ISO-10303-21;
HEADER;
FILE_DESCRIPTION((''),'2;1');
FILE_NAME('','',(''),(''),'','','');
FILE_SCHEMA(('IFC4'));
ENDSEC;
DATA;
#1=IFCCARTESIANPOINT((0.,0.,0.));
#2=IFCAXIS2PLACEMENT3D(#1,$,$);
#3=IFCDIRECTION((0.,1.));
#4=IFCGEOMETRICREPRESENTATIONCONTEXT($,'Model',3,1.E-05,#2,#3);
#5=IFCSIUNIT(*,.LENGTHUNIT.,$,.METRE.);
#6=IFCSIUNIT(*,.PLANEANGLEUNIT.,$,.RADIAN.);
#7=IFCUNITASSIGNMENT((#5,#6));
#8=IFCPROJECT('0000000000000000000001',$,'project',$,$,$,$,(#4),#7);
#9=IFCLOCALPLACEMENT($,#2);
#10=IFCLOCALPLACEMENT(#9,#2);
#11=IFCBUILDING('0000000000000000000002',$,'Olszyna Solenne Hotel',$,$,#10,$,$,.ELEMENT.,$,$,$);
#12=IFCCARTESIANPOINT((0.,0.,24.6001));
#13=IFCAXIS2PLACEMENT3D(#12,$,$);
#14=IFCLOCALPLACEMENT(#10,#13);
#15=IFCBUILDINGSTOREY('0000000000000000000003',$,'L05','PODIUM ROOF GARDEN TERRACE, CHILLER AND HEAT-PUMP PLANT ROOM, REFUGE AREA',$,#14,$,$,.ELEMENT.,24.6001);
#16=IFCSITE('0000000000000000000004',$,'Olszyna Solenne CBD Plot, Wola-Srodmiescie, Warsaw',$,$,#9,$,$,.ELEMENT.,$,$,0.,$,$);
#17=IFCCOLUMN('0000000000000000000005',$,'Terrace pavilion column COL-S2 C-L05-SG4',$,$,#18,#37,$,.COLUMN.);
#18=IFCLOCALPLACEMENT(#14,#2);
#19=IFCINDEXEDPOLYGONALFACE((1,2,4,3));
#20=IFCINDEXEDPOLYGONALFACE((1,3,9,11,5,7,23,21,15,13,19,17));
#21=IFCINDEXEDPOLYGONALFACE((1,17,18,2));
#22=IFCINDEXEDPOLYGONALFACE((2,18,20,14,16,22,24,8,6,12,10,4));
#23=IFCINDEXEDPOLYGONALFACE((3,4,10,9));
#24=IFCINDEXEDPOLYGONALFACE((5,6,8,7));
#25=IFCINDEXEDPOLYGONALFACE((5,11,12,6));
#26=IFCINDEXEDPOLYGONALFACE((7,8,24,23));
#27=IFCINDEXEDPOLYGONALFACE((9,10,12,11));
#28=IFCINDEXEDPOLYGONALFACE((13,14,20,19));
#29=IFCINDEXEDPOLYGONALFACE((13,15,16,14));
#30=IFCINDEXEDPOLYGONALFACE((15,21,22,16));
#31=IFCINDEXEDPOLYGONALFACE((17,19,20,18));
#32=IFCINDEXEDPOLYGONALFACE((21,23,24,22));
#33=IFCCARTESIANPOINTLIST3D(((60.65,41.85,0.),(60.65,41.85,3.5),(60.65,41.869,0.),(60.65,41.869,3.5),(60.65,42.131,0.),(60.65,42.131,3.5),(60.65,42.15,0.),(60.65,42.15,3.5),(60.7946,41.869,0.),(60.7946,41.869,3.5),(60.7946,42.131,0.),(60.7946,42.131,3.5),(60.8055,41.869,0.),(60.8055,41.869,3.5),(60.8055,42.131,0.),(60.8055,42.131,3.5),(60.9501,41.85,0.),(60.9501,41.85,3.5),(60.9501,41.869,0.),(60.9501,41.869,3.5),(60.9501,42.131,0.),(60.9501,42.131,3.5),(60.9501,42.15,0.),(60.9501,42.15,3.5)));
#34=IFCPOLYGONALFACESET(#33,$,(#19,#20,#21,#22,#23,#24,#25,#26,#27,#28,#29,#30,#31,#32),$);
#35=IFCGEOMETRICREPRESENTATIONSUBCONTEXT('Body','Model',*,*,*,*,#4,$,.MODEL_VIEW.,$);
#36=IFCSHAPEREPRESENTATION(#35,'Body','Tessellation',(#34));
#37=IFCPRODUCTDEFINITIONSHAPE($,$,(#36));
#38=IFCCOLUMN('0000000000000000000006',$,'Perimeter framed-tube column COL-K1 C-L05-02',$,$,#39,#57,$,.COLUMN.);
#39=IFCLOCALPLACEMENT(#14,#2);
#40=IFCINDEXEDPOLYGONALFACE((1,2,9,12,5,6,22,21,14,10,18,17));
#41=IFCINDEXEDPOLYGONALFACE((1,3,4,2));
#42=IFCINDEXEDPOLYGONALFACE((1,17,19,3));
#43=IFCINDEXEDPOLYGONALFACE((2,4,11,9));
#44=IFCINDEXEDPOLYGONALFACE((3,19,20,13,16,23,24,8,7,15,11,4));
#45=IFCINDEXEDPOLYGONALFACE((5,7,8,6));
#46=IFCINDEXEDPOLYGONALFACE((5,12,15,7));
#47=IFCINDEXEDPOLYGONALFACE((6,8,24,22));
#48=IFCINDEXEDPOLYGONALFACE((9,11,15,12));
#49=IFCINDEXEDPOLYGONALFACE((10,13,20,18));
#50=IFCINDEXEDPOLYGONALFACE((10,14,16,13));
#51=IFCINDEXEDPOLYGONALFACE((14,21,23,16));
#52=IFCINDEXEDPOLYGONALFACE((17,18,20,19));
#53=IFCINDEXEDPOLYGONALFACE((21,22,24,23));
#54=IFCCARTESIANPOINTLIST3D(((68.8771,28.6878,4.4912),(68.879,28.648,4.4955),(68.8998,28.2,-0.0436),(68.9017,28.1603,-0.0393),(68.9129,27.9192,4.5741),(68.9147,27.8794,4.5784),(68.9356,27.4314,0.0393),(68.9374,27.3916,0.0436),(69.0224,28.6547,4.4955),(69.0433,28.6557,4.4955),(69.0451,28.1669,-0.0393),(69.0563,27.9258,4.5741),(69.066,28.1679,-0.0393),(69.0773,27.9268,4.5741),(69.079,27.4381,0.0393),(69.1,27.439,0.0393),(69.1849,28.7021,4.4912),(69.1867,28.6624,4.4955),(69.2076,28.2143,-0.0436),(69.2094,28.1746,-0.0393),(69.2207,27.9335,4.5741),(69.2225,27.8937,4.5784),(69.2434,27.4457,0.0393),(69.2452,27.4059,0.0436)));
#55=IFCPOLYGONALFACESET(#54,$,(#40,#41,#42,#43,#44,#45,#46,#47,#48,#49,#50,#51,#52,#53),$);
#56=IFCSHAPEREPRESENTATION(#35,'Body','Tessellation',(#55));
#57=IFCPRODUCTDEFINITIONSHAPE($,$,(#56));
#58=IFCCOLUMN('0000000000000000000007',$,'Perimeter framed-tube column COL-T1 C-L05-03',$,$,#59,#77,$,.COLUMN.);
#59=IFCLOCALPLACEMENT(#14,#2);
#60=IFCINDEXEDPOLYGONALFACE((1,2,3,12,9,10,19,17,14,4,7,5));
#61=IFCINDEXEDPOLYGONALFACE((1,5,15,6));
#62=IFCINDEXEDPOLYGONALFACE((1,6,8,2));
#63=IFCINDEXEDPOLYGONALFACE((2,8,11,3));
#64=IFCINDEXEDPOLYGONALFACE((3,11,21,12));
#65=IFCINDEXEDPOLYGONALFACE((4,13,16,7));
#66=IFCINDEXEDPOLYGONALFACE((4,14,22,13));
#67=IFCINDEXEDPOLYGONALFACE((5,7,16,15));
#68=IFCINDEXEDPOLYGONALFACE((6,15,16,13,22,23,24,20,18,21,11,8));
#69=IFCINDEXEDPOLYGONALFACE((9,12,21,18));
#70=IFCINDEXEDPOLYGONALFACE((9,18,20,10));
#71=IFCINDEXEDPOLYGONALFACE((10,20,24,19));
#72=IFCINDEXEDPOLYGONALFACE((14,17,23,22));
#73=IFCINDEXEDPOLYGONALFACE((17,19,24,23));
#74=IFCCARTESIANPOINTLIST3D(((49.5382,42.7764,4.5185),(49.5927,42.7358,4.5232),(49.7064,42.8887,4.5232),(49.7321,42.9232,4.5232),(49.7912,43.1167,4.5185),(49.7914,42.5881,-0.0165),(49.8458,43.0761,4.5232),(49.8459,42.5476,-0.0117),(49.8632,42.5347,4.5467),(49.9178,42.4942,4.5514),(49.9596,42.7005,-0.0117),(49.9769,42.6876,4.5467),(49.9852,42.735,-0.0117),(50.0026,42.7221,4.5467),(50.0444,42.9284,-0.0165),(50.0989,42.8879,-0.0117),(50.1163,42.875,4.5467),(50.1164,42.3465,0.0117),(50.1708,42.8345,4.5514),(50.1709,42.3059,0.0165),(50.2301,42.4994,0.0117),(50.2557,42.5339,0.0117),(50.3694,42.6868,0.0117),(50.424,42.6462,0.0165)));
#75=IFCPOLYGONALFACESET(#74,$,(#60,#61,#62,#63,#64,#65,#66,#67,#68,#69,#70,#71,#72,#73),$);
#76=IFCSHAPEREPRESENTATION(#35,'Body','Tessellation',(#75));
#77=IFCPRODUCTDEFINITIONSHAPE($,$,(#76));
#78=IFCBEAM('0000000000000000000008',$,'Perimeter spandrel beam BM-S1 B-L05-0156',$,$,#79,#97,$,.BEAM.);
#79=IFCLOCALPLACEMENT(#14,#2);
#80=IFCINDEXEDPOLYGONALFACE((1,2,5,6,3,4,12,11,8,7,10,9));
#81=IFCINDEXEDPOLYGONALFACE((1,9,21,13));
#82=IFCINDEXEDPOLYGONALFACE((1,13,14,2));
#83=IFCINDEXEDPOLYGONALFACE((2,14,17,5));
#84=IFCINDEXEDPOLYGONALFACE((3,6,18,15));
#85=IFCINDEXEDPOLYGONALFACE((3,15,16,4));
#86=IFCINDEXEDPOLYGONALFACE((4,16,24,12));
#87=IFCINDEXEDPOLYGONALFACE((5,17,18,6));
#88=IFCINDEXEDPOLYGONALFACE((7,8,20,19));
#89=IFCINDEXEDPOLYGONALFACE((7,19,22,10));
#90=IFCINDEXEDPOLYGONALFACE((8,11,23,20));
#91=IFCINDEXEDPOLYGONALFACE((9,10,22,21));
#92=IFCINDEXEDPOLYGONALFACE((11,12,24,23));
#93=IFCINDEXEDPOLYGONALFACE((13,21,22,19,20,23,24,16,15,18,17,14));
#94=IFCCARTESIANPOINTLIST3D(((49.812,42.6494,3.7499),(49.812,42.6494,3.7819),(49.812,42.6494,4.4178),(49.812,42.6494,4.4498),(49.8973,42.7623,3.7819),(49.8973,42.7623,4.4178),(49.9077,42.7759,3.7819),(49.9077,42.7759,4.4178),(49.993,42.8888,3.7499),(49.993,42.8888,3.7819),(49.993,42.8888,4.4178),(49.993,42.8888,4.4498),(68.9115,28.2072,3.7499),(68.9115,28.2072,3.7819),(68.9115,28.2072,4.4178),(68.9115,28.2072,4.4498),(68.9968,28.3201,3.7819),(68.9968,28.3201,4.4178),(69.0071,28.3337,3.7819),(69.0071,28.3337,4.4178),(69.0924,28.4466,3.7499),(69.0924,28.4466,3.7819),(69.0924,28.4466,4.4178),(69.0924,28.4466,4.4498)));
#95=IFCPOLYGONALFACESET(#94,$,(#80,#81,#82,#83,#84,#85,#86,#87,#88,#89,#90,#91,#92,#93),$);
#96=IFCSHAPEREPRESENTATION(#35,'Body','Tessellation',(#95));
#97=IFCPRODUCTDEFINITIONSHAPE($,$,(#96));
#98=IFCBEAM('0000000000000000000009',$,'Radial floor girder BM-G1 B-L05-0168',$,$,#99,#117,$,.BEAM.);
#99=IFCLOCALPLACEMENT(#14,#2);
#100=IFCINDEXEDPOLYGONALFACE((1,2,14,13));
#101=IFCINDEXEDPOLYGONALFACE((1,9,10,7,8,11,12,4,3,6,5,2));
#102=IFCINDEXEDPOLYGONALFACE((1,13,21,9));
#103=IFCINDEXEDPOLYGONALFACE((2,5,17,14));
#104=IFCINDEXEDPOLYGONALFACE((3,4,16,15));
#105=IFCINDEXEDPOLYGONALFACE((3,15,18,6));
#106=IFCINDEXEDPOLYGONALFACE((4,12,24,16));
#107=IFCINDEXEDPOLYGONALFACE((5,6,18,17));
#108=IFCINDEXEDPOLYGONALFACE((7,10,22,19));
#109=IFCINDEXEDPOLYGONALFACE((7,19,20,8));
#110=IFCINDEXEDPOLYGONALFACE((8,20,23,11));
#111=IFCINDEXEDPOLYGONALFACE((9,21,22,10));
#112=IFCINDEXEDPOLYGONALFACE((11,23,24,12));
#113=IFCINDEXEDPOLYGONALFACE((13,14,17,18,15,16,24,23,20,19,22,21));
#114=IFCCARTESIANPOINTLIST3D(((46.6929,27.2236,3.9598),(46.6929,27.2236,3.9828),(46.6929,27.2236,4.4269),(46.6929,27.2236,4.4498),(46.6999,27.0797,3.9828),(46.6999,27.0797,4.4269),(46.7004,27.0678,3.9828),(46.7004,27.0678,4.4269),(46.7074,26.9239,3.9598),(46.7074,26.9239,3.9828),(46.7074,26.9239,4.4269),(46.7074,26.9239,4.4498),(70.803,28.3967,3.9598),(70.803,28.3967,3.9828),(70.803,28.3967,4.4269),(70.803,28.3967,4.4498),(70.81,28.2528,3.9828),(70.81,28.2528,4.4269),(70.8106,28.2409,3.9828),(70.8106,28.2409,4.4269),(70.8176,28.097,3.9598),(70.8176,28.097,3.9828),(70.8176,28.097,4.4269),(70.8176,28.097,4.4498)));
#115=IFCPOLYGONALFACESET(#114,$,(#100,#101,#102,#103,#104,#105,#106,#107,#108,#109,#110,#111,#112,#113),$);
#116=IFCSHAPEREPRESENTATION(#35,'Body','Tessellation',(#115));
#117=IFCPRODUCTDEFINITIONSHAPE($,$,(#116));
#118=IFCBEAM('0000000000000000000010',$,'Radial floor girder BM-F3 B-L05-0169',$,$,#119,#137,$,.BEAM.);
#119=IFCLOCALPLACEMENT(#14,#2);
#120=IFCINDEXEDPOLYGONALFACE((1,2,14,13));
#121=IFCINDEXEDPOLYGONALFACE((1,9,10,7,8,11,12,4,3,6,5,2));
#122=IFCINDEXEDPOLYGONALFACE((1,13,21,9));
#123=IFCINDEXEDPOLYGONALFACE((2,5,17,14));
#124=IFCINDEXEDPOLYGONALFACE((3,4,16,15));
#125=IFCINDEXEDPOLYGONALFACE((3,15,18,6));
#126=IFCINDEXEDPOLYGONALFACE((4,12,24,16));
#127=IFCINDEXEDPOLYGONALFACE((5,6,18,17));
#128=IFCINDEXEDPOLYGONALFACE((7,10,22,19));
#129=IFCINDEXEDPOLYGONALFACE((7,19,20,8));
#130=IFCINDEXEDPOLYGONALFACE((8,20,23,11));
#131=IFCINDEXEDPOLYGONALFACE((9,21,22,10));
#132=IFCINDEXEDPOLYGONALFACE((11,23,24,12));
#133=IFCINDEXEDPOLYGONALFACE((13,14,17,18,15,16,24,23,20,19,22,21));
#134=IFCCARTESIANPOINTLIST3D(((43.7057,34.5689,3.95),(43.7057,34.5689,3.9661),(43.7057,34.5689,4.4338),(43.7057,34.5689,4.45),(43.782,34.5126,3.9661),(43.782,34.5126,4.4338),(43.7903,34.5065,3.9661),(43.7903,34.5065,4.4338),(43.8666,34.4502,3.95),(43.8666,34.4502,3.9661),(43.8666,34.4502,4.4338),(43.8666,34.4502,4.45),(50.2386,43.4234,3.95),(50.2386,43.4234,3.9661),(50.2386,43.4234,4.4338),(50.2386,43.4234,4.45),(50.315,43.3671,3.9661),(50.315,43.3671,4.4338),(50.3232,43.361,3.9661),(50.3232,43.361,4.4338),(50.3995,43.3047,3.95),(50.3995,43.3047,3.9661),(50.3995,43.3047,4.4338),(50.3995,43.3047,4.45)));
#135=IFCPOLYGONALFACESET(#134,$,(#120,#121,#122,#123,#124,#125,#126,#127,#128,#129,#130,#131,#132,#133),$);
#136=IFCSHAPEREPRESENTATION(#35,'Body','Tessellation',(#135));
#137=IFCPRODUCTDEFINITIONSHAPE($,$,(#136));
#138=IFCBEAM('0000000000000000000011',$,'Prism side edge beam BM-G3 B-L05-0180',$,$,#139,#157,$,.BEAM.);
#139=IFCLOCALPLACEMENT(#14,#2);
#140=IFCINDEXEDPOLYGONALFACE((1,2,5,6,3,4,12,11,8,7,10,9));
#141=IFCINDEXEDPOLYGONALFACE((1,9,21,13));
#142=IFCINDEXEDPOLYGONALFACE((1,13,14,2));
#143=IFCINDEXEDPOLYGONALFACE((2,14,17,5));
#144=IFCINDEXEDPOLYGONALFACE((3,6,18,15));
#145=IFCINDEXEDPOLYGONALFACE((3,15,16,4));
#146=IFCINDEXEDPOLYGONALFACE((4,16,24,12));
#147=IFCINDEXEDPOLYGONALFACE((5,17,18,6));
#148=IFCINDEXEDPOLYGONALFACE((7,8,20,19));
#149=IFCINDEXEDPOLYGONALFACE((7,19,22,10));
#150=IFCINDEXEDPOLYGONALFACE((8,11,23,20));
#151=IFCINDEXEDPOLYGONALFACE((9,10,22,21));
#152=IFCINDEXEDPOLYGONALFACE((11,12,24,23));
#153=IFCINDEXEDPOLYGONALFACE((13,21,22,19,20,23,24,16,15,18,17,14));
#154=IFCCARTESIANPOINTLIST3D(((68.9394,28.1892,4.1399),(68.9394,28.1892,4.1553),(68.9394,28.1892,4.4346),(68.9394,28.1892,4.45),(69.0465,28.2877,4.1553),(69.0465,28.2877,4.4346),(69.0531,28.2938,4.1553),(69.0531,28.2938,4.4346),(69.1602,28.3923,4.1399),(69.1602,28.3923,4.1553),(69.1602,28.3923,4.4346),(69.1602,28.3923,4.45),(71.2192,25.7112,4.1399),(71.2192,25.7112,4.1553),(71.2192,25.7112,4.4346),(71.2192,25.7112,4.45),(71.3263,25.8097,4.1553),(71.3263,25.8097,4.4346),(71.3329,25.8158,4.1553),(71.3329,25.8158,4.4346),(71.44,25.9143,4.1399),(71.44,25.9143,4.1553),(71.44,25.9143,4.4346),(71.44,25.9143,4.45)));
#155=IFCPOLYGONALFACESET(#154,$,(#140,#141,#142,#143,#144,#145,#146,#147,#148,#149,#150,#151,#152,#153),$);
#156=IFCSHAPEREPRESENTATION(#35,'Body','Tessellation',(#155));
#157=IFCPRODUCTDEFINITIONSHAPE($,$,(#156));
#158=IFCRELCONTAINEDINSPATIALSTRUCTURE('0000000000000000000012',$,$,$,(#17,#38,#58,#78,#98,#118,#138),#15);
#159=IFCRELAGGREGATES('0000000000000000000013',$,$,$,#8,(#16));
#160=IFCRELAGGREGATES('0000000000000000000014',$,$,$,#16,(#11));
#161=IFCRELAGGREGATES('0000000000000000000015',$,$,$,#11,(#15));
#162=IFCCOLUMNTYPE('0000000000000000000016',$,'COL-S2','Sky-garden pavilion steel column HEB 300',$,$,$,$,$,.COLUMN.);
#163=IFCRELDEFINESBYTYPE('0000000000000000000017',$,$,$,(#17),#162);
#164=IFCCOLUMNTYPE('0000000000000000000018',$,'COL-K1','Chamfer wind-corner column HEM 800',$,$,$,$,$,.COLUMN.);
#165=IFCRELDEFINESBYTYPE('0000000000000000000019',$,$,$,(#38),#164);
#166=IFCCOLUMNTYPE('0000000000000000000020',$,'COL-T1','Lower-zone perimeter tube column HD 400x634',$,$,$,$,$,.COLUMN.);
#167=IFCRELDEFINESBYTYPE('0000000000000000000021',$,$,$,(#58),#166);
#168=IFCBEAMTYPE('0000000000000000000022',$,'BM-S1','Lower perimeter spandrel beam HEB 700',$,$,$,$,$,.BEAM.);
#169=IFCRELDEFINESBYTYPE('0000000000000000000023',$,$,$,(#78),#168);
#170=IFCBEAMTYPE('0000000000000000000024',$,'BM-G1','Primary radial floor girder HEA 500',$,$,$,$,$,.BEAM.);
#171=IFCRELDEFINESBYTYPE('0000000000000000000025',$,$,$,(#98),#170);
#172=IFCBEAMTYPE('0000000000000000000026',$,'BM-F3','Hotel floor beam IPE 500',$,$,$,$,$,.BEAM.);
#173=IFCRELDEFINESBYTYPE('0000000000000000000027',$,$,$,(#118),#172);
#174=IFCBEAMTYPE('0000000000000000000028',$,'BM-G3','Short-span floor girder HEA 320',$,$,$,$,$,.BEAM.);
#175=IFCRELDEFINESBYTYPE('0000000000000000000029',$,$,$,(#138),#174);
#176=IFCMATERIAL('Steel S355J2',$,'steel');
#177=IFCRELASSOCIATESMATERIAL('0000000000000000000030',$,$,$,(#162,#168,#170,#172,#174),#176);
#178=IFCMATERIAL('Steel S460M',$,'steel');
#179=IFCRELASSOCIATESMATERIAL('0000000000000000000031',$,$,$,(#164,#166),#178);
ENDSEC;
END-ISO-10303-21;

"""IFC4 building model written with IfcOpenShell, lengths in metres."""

from ifc_helpers import new_model, si_unit, direction, frame, origin, origin_2d, place, context, subcontext, project, spatial, i_section, extrude, source, transform, mapped, material, material_profile, profile_set, type_object, element, save


model = new_model("IFC4")

# Units and contexts
model_context = context("Model", 3, precision=1e-05, world=origin(), true_north=direction((0.0, 1.0)))
body_context = subcontext(model_context, "Body", "Model", "MODEL_VIEW")
ifc_project = project(units=[si_unit("LENGTHUNIT", "METRE"), si_unit("PLANEANGLEUNIT", "RADIAN")], contexts=[model_context])

# Site, building, storey
site_placement = place(None, origin())
site = spatial("IfcSite", under=ifc_project, at=site_placement, Name="Olszyna Solenne CBD Plot, Wola-Srodmiescie, Warsaw", CompositionType="ELEMENT", RefElevation=0.0)
building_placement = place(site_placement, origin())
building = spatial("IfcBuilding", under=site, at=building_placement, Name="Olszyna Solenne Hotel", CompositionType="ELEMENT")
storey_placement = place(building_placement, frame((0.0, 0.0, 24.6001)))
storey = spatial("IfcBuildingStorey", under=building, at=storey_placement, Name="L05", Description="PODIUM ROOF GARDEN TERRACE, CHILLER AND HEAT-PUMP PLANT ROOM, REFUGE AREA", CompositionType="ELEMENT", Elevation=24.6001)

# Columns
ifc_material_1 = material(Name="Steel S355J2", Category="steel")
ifc_material_profile_1 = material_profile(ifc_material_1, i_section(OverallWidth=0.3, OverallDepth=0.3, WebThickness=0.011, FlangeThickness=0.019, at=origin_2d()), Name="HEB 300", Category="load-bearing")
ifc_profile_set_1 = profile_set([ifc_material_profile_1], Name="Steel S355J2")
column_type_1 = type_object("IfcColumnType", Name="COL-S2", Description="Sky-garden pavilion steel column HEB 300", PredefinedType="COLUMN", material=ifc_profile_set_1)
shared_shape_1 = source(origin(), body_context, "Body", "SweptSolid", [
    extrude(i_section(OverallWidth=0.3, OverallDepth=0.3, WebThickness=0.011, FlangeThickness=0.019, at=origin_2d()), origin(), (0.0, 0.0, 1.0), 3.5),
])
column_1_placement = place(storey_placement, frame((60.8, 42.0, 0.0), z_axis=(0.0, 0.0, 1.0), x_axis=(1.0, 0.0, 0.0)))
element("IfcColumn", 1, at=column_1_placement, inside=storey, type_object=column_type_1, Name="Terrace pavilion column COL-S2 C-L05-SG4", PredefinedType="COLUMN", context=body_context, shape_type="MappedRepresentation", body=[
    mapped(shared_shape_1, transform((0.0, 0.0, 0.0), x_axis=(1.0, 0.0, 0.0), y_axis=(0.0, 1.0, 0.0), z_axis=(0.0, 0.0, 1.0), scale=1.0)),
])
ifc_material_2 = material(Name="Steel S460M", Category="steel")
ifc_material_profile_2 = material_profile(ifc_material_2, i_section(OverallWidth=0.3081, OverallDepth=0.814, WebThickness=0.021, FlangeThickness=0.04, at=origin_2d()), Name="HEM 800", Category="load-bearing")
ifc_profile_set_2 = profile_set([ifc_material_profile_2], Name="Steel S460M")
column_type_2 = type_object("IfcColumnType", Name="COL-K1", Description="Chamfer wind-corner column HEM 800", PredefinedType="COLUMN", material=ifc_profile_set_2)
shared_shape_2 = source(origin(), body_context, "Body", "SweptSolid", [
    extrude(i_section(OverallWidth=0.3081, OverallDepth=0.814, WebThickness=0.021, FlangeThickness=0.04, at=origin_2d()), origin(), (0.0, 0.0, 1.0), 4.561),
])
column_2_placement = place(storey_placement, frame((69.0725, 27.803, 0.0), z_axis=(-0.004978, 0.106946, 0.994252), x_axis=(-0.998918, -0.046496, 0.0)))
element("IfcColumn", 2, at=column_2_placement, inside=storey, type_object=column_type_2, Name="Perimeter framed-tube column COL-K1 C-L05-02", PredefinedType="COLUMN", context=body_context, shape_type="MappedRepresentation", body=[
    mapped(shared_shape_2, transform((0.0, 0.0, 0.0), x_axis=(1.0, 0.0, 0.0), y_axis=(0.0, 1.0, 0.0), z_axis=(0.0, 0.0, 1.0), scale=1.0)),
])
ifc_material_profile_3 = material_profile(ifc_material_2, i_section(OverallWidth=0.4241, OverallDepth=0.4741, WebThickness=0.043, FlangeThickness=0.0681, at=origin_2d()), Name="HD 400x634", Category="load-bearing")
ifc_profile_set_3 = profile_set([ifc_material_profile_3], Name="Steel S460M")
column_type_3 = type_object("IfcColumnType", Name="COL-T1", Description="Lower-zone perimeter tube column HD 400x634", PredefinedType="COLUMN", material=ifc_profile_set_3)
shared_shape_3 = source(origin(), body_context, "Body", "SweptSolid", [
    extrude(i_section(OverallWidth=0.4241, OverallDepth=0.4741, WebThickness=0.043, FlangeThickness=0.0681, at=origin_2d()), origin(), (0.0, 0.0, 1.0), 4.5459),
])
column_3_placement = place(storey_placement, frame((50.1077, 42.6172, 0.0), z_axis=(-0.055693, 0.041407, 0.997589), x_axis=(-0.596652, -0.8025, 0.0)))
element("IfcColumn", 3, at=column_3_placement, inside=storey, type_object=column_type_3, Name="Perimeter framed-tube column COL-T1 C-L05-03", PredefinedType="COLUMN", context=body_context, shape_type="MappedRepresentation", body=[
    mapped(shared_shape_3, transform((0.0, 0.0, 0.0), x_axis=(1.0, 0.0, 0.0), y_axis=(0.0, 1.0, 0.0), z_axis=(0.0, 0.0, 1.0), scale=1.0)),
])

# Beams
ifc_material_profile_4 = material_profile(ifc_material_1, i_section(OverallWidth=0.3, OverallDepth=0.7, WebThickness=0.0171, FlangeThickness=0.032, at=origin_2d()), Name="HEB 700", Category="load-bearing")
ifc_profile_set_4 = profile_set([ifc_material_profile_4], Name="Steel S355J2")
beam_type_1 = type_object("IfcBeamType", Name="BM-S1", Description="Lower perimeter spandrel beam HEB 700", PredefinedType="BEAM", material=ifc_profile_set_4)
shared_shape_4 = source(origin(), body_context, "Body", "SweptSolid", [
    extrude(i_section(OverallWidth=0.3, OverallDepth=0.7, WebThickness=0.0171, FlangeThickness=0.032, at=origin_2d()), origin(), (0.0, 0.0, 1.0), 23.9451),
])
beam_1_placement = place(storey_placement, frame((69.002, 28.3269, 4.0999), z_axis=(-0.797636, 0.603139, 0.0), x_axis=(-0.603139, -0.797636, 0.0)))
element("IfcBeam", 4, at=beam_1_placement, inside=storey, type_object=beam_type_1, Name="Perimeter spandrel beam BM-S1 B-L05-0156", PredefinedType="BEAM", context=body_context, shape_type="MappedRepresentation", body=[
    mapped(shared_shape_4, transform((0.0, 0.0, 0.0), x_axis=(1.0, 0.0, 0.0), y_axis=(0.0, 1.0, 0.0), z_axis=(0.0, 0.0, 1.0), scale=1.0)),
])
ifc_material_profile_5 = material_profile(ifc_material_1, i_section(OverallWidth=0.3, OverallDepth=0.49, WebThickness=0.012, FlangeThickness=0.0229, at=origin_2d()), Name="HEA 500", Category="load-bearing")
ifc_profile_set_5 = profile_set([ifc_material_profile_5], Name="Steel S355J2")
beam_type_2 = type_object("IfcBeamType", Name="BM-G1", Description="Primary radial floor girder HEA 500", PredefinedType="BEAM", material=ifc_profile_set_5)
shared_shape_5 = source(origin(), body_context, "Body", "SweptSolid", [
    extrude(i_section(OverallWidth=0.3, OverallDepth=0.49, WebThickness=0.012, FlangeThickness=0.0229, at=origin_2d()), origin(), (0.0, 0.0, 1.0), 24.1387),
])
beam_2_placement = place(storey_placement, frame((70.8103, 28.2468, 4.2048), z_axis=(-0.998818, -0.048598, 0.0), x_axis=(0.048598, -0.998818, 0.0)))
element("IfcBeam", 5, at=beam_2_placement, inside=storey, type_object=beam_type_2, Name="Radial floor girder BM-G1 B-L05-0168", PredefinedType="BEAM", context=body_context, shape_type="MappedRepresentation", body=[
    mapped(shared_shape_5, transform((0.0, 0.0, 0.0), x_axis=(1.0, 0.0, 0.0), y_axis=(0.0, 1.0, 0.0), z_axis=(0.0, 0.0, 1.0), scale=1.0)),
])
ifc_material_profile_6 = material_profile(ifc_material_1, i_section(OverallWidth=0.2, OverallDepth=0.5, WebThickness=0.0103, FlangeThickness=0.0161, at=origin_2d()), Name="IPE 500", Category="load-bearing")
ifc_profile_set_6 = profile_set([ifc_material_profile_6], Name="Steel S355J2")
beam_type_3 = type_object("IfcBeamType", Name="BM-F3", Description="Hotel floor beam IPE 500", PredefinedType="BEAM", material=ifc_profile_set_6)
shared_shape_6 = source(origin(), body_context, "Body", "SweptSolid", [
    extrude(i_section(OverallWidth=0.2, OverallDepth=0.5, WebThickness=0.0103, FlangeThickness=0.0161, at=origin_2d()), origin(), (0.0, 0.0, 1.0), 11.0037),
])
beam_3_placement = place(storey_placement, frame((50.3191, 43.364, 4.2), z_axis=(-0.593705, -0.804683, 0.0), x_axis=(0.804683, -0.593705, 0.0)))
element("IfcBeam", 6, at=beam_3_placement, inside=storey, type_object=beam_type_3, Name="Radial floor girder BM-F3 B-L05-0169", PredefinedType="BEAM", context=body_context, shape_type="MappedRepresentation", body=[
    mapped(shared_shape_6, transform((0.0, 0.0, 0.0), x_axis=(1.0, 0.0, 0.0), y_axis=(0.0, 1.0, 0.0), z_axis=(0.0, 0.0, 1.0), scale=1.0)),
])
ifc_material_profile_7 = material_profile(ifc_material_1, i_section(OverallWidth=0.3, OverallDepth=0.3101, WebThickness=0.009, FlangeThickness=0.0154, at=origin_2d()), Name="HEA 320", Category="load-bearing")
ifc_profile_set_7 = profile_set([ifc_material_profile_7], Name="Steel S355J2")
beam_type_4 = type_object("IfcBeamType", Name="BM-G3", Description="Short-span floor girder HEA 320", PredefinedType="BEAM", material=ifc_profile_set_7)
shared_shape_7 = source(origin(), body_context, "Body", "SweptSolid", [
    extrude(i_section(OverallWidth=0.3, OverallDepth=0.3101, WebThickness=0.009, FlangeThickness=0.0154, at=origin_2d()), origin(), (0.0, 0.0, 1.0), 3.3672),
])
beam_4_placement = place(storey_placement, frame((69.0498, 28.2908, 4.2949), z_axis=(0.677057, -0.735931, 0.0), x_axis=(0.735931, 0.677057, 0.0)))
element("IfcBeam", 7, at=beam_4_placement, inside=storey, type_object=beam_type_4, Name="Prism side edge beam BM-G3 B-L05-0180", PredefinedType="BEAM", context=body_context, shape_type="MappedRepresentation", body=[
    mapped(shared_shape_7, transform((0.0, 0.0, 0.0), x_axis=(1.0, 0.0, 0.0), y_axis=(0.0, 1.0, 0.0), z_axis=(0.0, 0.0, 1.0), scale=1.0)),
])

save(model, "model.ifc")
